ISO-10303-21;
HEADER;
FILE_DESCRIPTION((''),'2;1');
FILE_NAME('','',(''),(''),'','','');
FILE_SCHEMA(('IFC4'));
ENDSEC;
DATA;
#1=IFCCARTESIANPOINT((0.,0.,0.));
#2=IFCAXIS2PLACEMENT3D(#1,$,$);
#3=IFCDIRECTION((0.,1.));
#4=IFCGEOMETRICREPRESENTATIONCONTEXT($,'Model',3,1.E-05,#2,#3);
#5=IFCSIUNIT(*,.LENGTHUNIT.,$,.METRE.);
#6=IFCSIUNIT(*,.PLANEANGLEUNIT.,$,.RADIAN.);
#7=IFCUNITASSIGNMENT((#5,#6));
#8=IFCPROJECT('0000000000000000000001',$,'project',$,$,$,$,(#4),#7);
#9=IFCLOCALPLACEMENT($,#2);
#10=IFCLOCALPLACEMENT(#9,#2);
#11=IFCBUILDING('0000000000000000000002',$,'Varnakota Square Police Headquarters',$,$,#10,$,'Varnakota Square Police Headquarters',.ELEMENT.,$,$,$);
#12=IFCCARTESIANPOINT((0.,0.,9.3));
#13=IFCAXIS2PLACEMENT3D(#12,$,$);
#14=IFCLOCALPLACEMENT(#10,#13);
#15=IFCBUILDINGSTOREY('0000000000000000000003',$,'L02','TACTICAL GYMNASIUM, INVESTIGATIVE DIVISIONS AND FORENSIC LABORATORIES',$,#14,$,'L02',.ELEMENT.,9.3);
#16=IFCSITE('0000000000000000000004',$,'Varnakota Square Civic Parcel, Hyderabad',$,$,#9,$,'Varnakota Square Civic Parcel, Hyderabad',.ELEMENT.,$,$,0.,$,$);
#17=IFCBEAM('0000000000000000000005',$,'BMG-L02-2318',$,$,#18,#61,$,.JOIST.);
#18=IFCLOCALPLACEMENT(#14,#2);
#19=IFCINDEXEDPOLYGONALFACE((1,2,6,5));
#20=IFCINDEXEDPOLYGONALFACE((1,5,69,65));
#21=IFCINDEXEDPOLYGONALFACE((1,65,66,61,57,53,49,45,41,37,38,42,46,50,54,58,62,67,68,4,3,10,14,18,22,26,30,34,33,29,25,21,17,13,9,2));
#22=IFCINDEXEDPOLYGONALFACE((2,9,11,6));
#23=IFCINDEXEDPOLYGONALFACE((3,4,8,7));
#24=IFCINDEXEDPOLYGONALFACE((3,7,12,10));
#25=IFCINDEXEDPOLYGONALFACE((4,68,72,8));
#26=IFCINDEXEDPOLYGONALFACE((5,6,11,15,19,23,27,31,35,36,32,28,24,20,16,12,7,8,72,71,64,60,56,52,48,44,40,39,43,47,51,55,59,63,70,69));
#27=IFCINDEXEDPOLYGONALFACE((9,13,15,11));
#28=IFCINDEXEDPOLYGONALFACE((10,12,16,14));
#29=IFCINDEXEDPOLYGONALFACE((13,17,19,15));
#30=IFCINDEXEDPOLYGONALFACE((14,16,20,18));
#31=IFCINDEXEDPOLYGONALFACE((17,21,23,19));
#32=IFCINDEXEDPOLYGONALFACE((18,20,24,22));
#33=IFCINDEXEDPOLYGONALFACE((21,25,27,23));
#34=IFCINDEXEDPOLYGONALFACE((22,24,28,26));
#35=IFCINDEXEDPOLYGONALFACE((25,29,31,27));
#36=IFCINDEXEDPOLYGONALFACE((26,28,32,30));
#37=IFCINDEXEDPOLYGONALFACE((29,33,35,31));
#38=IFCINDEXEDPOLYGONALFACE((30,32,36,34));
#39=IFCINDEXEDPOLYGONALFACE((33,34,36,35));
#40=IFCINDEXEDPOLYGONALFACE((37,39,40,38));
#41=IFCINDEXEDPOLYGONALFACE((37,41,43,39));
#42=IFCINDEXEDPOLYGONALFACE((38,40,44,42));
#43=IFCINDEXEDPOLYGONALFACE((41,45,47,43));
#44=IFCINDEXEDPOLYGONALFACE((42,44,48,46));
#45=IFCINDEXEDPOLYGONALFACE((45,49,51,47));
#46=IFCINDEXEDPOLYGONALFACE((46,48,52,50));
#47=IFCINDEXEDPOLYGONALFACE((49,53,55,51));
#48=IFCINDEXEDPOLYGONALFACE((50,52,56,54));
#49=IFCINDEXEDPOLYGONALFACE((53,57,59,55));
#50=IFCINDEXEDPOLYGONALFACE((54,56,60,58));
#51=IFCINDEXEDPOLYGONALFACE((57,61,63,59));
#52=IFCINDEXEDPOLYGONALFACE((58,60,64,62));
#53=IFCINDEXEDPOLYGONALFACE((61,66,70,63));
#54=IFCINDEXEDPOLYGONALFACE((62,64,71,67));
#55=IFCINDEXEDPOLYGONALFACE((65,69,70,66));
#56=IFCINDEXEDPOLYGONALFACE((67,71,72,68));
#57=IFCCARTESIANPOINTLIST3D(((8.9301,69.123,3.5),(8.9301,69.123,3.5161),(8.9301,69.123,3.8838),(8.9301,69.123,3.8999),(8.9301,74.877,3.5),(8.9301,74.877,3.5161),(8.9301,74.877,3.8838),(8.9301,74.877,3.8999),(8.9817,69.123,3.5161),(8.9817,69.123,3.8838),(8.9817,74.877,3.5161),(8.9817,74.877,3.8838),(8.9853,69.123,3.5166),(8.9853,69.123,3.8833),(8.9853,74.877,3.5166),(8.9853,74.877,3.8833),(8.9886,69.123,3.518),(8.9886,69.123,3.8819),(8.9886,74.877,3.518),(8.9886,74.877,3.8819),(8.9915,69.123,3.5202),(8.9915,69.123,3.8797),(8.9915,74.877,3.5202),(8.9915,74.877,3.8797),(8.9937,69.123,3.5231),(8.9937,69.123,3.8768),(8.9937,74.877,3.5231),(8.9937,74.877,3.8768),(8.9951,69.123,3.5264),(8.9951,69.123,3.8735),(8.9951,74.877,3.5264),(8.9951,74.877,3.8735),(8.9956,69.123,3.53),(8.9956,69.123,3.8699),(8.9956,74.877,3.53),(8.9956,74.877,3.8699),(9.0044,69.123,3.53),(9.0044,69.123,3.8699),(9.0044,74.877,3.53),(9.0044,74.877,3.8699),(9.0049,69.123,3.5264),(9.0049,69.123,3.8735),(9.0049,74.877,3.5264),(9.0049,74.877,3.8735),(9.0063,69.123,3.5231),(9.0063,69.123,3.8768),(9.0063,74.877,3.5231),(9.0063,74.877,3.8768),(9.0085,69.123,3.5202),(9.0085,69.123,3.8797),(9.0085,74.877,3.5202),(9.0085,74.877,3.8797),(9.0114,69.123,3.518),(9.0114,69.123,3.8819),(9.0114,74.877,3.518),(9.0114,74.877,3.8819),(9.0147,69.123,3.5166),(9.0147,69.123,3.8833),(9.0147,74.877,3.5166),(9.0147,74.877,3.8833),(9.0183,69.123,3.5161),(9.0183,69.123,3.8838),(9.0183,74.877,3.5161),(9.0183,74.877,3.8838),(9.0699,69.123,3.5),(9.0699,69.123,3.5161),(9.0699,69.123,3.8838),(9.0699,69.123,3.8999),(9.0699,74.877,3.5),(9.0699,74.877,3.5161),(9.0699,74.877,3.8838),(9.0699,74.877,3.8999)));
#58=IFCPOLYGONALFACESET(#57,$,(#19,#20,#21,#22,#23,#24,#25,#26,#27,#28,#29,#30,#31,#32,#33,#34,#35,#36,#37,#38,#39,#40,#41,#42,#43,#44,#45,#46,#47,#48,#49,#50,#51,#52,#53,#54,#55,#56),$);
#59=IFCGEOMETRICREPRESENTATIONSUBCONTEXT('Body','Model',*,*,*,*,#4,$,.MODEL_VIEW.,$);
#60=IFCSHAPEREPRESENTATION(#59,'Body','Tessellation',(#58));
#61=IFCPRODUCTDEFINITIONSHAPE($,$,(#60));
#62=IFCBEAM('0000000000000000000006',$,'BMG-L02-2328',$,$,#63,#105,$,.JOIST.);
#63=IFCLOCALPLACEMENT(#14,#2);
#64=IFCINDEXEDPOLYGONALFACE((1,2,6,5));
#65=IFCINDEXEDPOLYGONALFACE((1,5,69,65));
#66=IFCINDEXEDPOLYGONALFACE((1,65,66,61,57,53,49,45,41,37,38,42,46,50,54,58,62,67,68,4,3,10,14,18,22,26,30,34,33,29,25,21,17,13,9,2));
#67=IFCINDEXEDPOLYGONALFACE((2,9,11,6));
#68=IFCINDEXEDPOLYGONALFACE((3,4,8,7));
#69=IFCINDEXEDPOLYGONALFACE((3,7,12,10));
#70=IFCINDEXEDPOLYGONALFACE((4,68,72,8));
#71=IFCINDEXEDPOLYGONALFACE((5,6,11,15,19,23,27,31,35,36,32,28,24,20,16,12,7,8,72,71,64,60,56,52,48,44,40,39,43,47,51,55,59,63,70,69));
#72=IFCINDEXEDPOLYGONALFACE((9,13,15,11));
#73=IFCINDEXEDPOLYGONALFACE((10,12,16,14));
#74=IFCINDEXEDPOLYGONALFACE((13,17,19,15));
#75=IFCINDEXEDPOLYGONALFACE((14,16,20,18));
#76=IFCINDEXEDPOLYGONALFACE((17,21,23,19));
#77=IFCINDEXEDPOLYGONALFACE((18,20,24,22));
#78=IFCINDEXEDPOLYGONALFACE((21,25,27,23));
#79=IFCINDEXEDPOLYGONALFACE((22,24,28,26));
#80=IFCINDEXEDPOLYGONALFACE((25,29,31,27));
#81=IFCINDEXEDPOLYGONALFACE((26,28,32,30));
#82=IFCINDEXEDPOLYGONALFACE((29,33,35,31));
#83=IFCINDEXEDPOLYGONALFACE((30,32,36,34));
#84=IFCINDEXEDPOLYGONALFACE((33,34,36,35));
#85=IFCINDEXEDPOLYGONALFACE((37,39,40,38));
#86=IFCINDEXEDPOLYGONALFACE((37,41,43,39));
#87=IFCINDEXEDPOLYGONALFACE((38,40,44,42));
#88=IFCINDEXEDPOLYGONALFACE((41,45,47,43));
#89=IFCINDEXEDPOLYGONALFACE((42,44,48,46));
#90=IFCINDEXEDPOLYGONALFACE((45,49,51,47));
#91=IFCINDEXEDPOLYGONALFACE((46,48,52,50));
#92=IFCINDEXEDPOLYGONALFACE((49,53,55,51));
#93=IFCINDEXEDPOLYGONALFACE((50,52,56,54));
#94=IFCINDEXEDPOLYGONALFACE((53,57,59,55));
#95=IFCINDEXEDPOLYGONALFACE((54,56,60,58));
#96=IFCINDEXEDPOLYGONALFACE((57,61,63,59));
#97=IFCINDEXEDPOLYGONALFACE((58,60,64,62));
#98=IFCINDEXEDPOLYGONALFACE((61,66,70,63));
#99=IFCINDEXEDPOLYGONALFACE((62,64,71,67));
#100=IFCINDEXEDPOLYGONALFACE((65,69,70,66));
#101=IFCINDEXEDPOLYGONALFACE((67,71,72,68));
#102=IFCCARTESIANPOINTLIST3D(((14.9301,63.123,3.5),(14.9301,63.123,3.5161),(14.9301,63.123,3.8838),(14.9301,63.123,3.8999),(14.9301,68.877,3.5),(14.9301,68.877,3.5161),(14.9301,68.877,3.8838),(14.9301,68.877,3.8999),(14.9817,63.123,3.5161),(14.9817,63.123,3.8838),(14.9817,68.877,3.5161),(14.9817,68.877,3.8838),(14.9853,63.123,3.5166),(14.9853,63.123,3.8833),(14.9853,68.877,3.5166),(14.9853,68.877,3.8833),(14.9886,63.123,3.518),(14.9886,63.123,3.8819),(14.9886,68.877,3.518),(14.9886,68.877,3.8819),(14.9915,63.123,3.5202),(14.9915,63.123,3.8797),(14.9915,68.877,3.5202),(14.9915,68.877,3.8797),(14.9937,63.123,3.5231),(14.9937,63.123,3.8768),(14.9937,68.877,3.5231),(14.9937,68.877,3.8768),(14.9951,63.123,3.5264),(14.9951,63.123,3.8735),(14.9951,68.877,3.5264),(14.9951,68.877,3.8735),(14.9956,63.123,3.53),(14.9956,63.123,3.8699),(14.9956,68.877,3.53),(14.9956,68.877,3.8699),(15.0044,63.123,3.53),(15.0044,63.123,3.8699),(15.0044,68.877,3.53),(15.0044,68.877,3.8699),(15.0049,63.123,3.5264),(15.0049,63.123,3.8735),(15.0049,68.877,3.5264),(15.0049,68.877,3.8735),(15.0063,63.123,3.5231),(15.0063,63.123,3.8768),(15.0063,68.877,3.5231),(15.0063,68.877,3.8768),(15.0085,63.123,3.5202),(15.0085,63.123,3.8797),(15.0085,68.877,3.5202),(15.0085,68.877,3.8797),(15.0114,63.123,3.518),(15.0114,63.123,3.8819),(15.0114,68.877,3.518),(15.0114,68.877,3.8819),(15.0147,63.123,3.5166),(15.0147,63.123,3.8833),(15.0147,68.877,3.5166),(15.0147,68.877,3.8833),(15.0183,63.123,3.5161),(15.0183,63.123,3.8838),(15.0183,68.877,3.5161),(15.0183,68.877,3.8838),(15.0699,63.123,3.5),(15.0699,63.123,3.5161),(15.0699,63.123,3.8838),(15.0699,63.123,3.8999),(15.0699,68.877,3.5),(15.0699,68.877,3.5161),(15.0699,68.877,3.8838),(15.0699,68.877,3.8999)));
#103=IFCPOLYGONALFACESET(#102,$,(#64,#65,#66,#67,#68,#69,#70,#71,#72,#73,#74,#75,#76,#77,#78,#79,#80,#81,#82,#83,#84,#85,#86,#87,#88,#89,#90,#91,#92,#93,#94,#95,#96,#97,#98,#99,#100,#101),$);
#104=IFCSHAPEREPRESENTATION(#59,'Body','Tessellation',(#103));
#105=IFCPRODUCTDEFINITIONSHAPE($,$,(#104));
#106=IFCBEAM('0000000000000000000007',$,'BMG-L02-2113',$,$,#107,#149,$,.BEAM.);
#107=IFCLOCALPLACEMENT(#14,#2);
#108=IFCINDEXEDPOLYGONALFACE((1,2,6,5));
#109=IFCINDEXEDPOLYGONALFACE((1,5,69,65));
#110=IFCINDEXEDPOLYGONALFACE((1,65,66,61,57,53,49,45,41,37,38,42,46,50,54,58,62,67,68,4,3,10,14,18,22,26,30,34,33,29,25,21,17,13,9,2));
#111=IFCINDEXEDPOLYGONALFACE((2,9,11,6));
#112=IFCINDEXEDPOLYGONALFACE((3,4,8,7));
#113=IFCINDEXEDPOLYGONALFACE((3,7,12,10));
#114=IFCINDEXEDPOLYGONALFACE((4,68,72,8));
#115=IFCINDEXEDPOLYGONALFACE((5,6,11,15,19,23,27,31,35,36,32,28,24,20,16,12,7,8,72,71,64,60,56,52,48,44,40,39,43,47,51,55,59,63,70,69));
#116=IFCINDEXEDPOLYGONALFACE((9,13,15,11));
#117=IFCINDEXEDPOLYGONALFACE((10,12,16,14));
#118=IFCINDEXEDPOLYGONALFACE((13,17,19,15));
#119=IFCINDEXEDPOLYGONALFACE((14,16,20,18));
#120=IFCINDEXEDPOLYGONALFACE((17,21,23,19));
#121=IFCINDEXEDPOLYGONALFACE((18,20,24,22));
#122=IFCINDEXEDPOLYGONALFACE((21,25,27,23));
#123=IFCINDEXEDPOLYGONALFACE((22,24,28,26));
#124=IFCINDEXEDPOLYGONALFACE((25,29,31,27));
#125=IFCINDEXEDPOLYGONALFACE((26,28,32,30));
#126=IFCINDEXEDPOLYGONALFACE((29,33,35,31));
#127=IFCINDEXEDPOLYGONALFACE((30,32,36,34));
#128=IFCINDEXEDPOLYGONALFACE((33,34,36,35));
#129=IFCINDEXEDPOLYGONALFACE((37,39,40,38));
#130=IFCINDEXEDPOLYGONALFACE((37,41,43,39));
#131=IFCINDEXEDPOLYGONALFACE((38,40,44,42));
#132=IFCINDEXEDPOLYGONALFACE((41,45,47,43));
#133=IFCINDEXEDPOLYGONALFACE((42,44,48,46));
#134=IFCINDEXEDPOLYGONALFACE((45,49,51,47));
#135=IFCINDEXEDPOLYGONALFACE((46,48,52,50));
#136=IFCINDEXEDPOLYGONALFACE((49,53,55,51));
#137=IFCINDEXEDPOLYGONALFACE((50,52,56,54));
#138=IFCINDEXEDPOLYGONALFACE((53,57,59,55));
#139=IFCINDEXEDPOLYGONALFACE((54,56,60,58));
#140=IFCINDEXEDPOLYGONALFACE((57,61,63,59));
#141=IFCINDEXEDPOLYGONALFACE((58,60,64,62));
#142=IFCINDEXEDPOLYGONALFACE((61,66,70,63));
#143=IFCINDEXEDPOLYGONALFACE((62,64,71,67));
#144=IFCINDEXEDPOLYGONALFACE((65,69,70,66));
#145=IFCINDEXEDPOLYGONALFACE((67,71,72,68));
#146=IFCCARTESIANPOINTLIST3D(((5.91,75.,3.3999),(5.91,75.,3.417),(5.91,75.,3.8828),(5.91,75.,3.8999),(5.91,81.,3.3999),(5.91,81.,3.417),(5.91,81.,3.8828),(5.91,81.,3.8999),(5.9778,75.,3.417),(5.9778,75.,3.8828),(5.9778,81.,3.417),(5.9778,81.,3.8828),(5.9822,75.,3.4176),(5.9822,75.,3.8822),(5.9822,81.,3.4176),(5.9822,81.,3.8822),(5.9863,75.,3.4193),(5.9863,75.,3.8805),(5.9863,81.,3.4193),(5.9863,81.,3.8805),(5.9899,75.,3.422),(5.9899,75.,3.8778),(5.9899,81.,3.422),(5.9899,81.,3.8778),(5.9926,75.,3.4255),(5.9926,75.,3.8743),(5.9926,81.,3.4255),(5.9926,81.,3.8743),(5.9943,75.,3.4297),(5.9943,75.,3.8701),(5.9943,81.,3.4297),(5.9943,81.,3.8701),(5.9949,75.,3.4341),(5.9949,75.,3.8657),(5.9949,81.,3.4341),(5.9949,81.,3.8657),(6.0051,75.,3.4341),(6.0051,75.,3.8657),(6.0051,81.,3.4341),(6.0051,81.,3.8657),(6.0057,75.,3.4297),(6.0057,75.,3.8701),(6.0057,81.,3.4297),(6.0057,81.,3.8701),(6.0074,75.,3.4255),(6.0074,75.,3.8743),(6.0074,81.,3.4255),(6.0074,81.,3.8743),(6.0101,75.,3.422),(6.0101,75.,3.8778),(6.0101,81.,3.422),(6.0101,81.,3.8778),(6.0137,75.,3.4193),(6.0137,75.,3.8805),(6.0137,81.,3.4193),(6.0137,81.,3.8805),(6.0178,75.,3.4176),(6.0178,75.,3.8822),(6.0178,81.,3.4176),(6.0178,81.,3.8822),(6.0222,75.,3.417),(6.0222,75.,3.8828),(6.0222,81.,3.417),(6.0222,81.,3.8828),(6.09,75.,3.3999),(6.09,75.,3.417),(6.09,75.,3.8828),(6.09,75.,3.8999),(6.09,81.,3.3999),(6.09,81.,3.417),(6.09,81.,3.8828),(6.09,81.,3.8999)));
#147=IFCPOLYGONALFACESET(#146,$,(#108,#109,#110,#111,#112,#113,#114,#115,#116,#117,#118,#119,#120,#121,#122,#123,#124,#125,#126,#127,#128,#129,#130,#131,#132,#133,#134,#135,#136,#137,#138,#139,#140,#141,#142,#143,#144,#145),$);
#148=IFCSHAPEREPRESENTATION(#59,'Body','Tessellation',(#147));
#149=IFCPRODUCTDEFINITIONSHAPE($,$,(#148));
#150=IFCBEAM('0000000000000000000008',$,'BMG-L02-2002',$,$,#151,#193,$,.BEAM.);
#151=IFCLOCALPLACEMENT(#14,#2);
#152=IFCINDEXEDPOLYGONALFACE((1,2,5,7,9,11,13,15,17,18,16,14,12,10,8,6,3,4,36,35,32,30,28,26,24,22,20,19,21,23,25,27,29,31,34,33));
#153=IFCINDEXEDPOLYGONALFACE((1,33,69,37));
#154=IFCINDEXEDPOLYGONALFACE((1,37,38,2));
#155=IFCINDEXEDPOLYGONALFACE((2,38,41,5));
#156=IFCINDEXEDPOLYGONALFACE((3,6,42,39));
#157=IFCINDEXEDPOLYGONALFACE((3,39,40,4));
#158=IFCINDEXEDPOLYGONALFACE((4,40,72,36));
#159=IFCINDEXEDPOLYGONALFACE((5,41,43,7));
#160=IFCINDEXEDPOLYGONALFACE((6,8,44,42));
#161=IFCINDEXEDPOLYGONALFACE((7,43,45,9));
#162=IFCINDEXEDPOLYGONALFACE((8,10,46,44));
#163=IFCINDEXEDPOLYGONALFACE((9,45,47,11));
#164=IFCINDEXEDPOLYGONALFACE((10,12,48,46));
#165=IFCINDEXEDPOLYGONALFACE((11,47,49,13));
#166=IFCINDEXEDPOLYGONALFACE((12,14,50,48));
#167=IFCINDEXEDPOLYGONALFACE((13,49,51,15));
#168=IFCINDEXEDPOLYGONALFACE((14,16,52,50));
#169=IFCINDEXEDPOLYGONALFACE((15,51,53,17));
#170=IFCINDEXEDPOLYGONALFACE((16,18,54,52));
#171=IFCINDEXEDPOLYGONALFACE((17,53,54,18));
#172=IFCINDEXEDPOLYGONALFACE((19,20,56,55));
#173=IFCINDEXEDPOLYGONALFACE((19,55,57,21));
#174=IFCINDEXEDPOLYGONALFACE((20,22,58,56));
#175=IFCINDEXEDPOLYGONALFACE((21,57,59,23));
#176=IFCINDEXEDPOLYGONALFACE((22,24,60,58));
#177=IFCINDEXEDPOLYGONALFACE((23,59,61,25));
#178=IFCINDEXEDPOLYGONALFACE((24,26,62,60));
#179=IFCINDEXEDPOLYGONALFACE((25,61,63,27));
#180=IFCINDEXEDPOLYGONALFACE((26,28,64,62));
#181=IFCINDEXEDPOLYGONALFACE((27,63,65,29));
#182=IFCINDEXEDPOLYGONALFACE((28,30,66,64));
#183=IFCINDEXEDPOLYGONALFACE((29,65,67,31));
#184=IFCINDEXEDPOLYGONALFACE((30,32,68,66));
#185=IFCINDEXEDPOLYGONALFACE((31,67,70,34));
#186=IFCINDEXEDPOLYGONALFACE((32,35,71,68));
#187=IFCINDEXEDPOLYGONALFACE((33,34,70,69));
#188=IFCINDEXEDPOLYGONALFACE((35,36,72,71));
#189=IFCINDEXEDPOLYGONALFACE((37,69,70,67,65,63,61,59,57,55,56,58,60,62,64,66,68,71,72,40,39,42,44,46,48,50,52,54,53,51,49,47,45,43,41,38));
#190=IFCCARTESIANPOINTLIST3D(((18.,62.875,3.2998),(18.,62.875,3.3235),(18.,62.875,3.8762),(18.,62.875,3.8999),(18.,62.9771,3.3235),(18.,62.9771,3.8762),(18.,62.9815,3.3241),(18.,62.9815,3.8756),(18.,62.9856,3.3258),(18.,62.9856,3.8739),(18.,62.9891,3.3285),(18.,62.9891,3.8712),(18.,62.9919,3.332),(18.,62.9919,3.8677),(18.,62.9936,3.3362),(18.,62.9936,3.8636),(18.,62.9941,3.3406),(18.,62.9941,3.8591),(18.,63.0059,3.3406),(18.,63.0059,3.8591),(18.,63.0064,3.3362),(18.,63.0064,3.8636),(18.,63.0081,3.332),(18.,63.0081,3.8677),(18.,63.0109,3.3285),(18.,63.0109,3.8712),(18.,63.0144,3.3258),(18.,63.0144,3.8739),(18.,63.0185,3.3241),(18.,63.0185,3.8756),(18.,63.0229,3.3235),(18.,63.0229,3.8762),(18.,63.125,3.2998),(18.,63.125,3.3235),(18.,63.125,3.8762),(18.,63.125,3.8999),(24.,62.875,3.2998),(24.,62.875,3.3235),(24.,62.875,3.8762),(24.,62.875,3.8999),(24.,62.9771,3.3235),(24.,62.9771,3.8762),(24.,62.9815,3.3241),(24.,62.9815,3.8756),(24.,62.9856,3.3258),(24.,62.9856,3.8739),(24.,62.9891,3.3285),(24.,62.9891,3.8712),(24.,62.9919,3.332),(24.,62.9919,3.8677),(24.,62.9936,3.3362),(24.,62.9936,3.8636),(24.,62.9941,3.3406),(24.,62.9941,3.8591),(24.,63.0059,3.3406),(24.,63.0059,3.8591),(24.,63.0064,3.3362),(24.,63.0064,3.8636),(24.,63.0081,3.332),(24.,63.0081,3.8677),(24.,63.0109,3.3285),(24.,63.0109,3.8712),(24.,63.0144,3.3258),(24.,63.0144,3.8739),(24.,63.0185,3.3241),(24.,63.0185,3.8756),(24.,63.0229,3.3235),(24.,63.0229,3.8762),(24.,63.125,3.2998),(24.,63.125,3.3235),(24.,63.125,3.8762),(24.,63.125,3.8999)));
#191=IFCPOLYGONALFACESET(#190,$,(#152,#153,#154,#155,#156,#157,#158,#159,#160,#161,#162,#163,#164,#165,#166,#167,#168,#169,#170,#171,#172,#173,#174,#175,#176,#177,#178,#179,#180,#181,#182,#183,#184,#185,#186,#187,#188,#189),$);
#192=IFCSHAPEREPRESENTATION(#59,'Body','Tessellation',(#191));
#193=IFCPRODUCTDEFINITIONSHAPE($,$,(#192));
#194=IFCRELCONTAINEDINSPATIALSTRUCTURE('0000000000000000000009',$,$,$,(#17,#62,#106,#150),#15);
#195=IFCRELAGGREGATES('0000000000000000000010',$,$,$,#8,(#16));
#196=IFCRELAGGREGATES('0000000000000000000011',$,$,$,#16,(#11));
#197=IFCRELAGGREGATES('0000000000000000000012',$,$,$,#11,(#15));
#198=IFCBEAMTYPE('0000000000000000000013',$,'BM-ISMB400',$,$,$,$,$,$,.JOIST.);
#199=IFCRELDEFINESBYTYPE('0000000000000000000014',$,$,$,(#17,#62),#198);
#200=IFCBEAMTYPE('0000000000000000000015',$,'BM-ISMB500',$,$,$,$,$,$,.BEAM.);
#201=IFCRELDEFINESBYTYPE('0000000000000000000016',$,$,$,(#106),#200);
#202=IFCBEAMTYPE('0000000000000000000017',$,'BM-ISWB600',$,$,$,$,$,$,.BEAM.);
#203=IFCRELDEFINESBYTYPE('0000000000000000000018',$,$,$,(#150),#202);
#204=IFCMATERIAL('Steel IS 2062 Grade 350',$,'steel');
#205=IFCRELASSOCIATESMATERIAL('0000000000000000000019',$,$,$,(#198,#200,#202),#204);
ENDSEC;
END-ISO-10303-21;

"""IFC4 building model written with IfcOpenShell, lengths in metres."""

from ifc_helpers import new_model, si_unit, direction, frame, origin, origin_2d, place, context, subcontext, project, spatial, i_section, extrude, material, material_profile, profile_set, type_object, element, save


model = new_model("IFC4")

# Units and contexts
model_context = context("Model", 3, precision=1e-05, world=origin(), true_north=direction((0.0, 1.0)))
body_context = subcontext(model_context, "Body", "Model", "MODEL_VIEW")
ifc_project = project(units=[si_unit("LENGTHUNIT", "METRE"), si_unit("PLANEANGLEUNIT", "RADIAN")], contexts=[model_context])

# Site, building, storey
site_placement = place(None, origin())
site = spatial("IfcSite", under=ifc_project, at=site_placement, Name="Varnakota Square Civic Parcel, Hyderabad", LongName="Varnakota Square Civic Parcel, Hyderabad", CompositionType="ELEMENT", RefElevation=0.0)
building_placement = place(site_placement, origin())
building = spatial("IfcBuilding", under=site, at=building_placement, Name="Varnakota Square Police Headquarters", LongName="Varnakota Square Police Headquarters", CompositionType="ELEMENT")
storey_placement = place(building_placement, frame((0.0, 0.0, 9.3)))
storey = spatial("IfcBuildingStorey", under=building, at=storey_placement, Name="L02", Description="TACTICAL GYMNASIUM, INVESTIGATIVE DIVISIONS AND FORENSIC LABORATORIES", LongName="L02", CompositionType="ELEMENT", Elevation=9.3)

# Shared definitions
ifc_material_1 = material(Name="Steel IS 2062 Grade 350", Category="steel")

# Beams
ifc_material_profile_1 = material_profile(ifc_material_1, i_section(OverallWidth=0.1399, OverallDepth=0.3999, WebThickness=0.0088, FlangeThickness=0.0161, FilletRadius=0.0139, at=origin_2d()), Name="ISMB 400")
ifc_profile_set_1 = profile_set([ifc_material_profile_1], Name="Steel IS 2062 Grade 350")
beam_type_1 = type_object("IfcBeamType", Name="BM-ISMB400", PredefinedType="JOIST", material=ifc_profile_set_1)
for number, where, z_axis, x_axis, name in (
    (1, (9.0, 69.123, 3.7), (0.0, 1.0, 0.0), (-1.0, 0.0, 0.0), "BMG-L02-2318"),
    (2, (15.0, 63.123, 3.7), (0.0, 1.0, 0.0), (-1.0, 0.0, 0.0), "BMG-L02-2328"),
):
    element("IfcBeam", number, at=place(storey_placement, frame(where, z_axis=z_axis, x_axis=x_axis)), inside=storey, type_object=beam_type_1, Name=name, PredefinedType="JOIST", context=body_context, shape_type="SweptSolid", body=[
        extrude(i_section(OverallWidth=0.1399, OverallDepth=0.3999, WebThickness=0.0088, FlangeThickness=0.0161, FilletRadius=0.0139, at=origin_2d()), origin(), (0.0, 0.0, 1.0), 5.7539),
    ])
ifc_material_profile_2 = material_profile(ifc_material_1, i_section(OverallWidth=0.1799, OverallDepth=0.5, WebThickness=0.0103, FlangeThickness=0.0171, FilletRadius=0.0171, at=origin_2d()), Name="ISMB 500")
ifc_profile_set_2 = profile_set([ifc_material_profile_2], Name="Steel IS 2062 Grade 350")
beam_type_2 = type_object("IfcBeamType", Name="BM-ISMB500", PredefinedType="BEAM", material=ifc_profile_set_2)
beam_1_placement = place(storey_placement, frame((6.0, 75.0, 3.6499), z_axis=(0.0, 1.0, 0.0), x_axis=(-1.0, 0.0, 0.0)))
element("IfcBeam", 3, at=beam_1_placement, inside=storey, type_object=beam_type_2, Name="BMG-L02-2113", PredefinedType="BEAM", context=body_context, shape_type="SweptSolid", body=[
    extrude(i_section(OverallWidth=0.1799, OverallDepth=0.5, WebThickness=0.0103, FlangeThickness=0.0171, FilletRadius=0.0171, at=origin_2d()), origin(), (0.0, 0.0, 1.0), 6.0),
])
ifc_material_profile_3 = material_profile(ifc_material_1, i_section(OverallWidth=0.25, OverallDepth=0.6001, WebThickness=0.0117, FlangeThickness=0.0237, FilletRadius=0.0171, at=origin_2d()), Name="ISWB 600")
ifc_profile_set_3 = profile_set([ifc_material_profile_3], Name="Steel IS 2062 Grade 350")
beam_type_3 = type_object("IfcBeamType", Name="BM-ISWB600", PredefinedType="BEAM", material=ifc_profile_set_3)
beam_2_placement = place(storey_placement, frame((18.0, 63.0, 3.5999), z_axis=(1.0, 0.0, 0.0), x_axis=(0.0, 1.0, 0.0)))
element("IfcBeam", 4, at=beam_2_placement, inside=storey, type_object=beam_type_3, Name="BMG-L02-2002", PredefinedType="BEAM", context=body_context, shape_type="SweptSolid", body=[
    extrude(i_section(OverallWidth=0.25, OverallDepth=0.6001, WebThickness=0.0117, FlangeThickness=0.0237, FilletRadius=0.0171, at=origin_2d()), origin(), (0.0, 0.0, 1.0), 6.0),
])

save(model, "model.ifc")
